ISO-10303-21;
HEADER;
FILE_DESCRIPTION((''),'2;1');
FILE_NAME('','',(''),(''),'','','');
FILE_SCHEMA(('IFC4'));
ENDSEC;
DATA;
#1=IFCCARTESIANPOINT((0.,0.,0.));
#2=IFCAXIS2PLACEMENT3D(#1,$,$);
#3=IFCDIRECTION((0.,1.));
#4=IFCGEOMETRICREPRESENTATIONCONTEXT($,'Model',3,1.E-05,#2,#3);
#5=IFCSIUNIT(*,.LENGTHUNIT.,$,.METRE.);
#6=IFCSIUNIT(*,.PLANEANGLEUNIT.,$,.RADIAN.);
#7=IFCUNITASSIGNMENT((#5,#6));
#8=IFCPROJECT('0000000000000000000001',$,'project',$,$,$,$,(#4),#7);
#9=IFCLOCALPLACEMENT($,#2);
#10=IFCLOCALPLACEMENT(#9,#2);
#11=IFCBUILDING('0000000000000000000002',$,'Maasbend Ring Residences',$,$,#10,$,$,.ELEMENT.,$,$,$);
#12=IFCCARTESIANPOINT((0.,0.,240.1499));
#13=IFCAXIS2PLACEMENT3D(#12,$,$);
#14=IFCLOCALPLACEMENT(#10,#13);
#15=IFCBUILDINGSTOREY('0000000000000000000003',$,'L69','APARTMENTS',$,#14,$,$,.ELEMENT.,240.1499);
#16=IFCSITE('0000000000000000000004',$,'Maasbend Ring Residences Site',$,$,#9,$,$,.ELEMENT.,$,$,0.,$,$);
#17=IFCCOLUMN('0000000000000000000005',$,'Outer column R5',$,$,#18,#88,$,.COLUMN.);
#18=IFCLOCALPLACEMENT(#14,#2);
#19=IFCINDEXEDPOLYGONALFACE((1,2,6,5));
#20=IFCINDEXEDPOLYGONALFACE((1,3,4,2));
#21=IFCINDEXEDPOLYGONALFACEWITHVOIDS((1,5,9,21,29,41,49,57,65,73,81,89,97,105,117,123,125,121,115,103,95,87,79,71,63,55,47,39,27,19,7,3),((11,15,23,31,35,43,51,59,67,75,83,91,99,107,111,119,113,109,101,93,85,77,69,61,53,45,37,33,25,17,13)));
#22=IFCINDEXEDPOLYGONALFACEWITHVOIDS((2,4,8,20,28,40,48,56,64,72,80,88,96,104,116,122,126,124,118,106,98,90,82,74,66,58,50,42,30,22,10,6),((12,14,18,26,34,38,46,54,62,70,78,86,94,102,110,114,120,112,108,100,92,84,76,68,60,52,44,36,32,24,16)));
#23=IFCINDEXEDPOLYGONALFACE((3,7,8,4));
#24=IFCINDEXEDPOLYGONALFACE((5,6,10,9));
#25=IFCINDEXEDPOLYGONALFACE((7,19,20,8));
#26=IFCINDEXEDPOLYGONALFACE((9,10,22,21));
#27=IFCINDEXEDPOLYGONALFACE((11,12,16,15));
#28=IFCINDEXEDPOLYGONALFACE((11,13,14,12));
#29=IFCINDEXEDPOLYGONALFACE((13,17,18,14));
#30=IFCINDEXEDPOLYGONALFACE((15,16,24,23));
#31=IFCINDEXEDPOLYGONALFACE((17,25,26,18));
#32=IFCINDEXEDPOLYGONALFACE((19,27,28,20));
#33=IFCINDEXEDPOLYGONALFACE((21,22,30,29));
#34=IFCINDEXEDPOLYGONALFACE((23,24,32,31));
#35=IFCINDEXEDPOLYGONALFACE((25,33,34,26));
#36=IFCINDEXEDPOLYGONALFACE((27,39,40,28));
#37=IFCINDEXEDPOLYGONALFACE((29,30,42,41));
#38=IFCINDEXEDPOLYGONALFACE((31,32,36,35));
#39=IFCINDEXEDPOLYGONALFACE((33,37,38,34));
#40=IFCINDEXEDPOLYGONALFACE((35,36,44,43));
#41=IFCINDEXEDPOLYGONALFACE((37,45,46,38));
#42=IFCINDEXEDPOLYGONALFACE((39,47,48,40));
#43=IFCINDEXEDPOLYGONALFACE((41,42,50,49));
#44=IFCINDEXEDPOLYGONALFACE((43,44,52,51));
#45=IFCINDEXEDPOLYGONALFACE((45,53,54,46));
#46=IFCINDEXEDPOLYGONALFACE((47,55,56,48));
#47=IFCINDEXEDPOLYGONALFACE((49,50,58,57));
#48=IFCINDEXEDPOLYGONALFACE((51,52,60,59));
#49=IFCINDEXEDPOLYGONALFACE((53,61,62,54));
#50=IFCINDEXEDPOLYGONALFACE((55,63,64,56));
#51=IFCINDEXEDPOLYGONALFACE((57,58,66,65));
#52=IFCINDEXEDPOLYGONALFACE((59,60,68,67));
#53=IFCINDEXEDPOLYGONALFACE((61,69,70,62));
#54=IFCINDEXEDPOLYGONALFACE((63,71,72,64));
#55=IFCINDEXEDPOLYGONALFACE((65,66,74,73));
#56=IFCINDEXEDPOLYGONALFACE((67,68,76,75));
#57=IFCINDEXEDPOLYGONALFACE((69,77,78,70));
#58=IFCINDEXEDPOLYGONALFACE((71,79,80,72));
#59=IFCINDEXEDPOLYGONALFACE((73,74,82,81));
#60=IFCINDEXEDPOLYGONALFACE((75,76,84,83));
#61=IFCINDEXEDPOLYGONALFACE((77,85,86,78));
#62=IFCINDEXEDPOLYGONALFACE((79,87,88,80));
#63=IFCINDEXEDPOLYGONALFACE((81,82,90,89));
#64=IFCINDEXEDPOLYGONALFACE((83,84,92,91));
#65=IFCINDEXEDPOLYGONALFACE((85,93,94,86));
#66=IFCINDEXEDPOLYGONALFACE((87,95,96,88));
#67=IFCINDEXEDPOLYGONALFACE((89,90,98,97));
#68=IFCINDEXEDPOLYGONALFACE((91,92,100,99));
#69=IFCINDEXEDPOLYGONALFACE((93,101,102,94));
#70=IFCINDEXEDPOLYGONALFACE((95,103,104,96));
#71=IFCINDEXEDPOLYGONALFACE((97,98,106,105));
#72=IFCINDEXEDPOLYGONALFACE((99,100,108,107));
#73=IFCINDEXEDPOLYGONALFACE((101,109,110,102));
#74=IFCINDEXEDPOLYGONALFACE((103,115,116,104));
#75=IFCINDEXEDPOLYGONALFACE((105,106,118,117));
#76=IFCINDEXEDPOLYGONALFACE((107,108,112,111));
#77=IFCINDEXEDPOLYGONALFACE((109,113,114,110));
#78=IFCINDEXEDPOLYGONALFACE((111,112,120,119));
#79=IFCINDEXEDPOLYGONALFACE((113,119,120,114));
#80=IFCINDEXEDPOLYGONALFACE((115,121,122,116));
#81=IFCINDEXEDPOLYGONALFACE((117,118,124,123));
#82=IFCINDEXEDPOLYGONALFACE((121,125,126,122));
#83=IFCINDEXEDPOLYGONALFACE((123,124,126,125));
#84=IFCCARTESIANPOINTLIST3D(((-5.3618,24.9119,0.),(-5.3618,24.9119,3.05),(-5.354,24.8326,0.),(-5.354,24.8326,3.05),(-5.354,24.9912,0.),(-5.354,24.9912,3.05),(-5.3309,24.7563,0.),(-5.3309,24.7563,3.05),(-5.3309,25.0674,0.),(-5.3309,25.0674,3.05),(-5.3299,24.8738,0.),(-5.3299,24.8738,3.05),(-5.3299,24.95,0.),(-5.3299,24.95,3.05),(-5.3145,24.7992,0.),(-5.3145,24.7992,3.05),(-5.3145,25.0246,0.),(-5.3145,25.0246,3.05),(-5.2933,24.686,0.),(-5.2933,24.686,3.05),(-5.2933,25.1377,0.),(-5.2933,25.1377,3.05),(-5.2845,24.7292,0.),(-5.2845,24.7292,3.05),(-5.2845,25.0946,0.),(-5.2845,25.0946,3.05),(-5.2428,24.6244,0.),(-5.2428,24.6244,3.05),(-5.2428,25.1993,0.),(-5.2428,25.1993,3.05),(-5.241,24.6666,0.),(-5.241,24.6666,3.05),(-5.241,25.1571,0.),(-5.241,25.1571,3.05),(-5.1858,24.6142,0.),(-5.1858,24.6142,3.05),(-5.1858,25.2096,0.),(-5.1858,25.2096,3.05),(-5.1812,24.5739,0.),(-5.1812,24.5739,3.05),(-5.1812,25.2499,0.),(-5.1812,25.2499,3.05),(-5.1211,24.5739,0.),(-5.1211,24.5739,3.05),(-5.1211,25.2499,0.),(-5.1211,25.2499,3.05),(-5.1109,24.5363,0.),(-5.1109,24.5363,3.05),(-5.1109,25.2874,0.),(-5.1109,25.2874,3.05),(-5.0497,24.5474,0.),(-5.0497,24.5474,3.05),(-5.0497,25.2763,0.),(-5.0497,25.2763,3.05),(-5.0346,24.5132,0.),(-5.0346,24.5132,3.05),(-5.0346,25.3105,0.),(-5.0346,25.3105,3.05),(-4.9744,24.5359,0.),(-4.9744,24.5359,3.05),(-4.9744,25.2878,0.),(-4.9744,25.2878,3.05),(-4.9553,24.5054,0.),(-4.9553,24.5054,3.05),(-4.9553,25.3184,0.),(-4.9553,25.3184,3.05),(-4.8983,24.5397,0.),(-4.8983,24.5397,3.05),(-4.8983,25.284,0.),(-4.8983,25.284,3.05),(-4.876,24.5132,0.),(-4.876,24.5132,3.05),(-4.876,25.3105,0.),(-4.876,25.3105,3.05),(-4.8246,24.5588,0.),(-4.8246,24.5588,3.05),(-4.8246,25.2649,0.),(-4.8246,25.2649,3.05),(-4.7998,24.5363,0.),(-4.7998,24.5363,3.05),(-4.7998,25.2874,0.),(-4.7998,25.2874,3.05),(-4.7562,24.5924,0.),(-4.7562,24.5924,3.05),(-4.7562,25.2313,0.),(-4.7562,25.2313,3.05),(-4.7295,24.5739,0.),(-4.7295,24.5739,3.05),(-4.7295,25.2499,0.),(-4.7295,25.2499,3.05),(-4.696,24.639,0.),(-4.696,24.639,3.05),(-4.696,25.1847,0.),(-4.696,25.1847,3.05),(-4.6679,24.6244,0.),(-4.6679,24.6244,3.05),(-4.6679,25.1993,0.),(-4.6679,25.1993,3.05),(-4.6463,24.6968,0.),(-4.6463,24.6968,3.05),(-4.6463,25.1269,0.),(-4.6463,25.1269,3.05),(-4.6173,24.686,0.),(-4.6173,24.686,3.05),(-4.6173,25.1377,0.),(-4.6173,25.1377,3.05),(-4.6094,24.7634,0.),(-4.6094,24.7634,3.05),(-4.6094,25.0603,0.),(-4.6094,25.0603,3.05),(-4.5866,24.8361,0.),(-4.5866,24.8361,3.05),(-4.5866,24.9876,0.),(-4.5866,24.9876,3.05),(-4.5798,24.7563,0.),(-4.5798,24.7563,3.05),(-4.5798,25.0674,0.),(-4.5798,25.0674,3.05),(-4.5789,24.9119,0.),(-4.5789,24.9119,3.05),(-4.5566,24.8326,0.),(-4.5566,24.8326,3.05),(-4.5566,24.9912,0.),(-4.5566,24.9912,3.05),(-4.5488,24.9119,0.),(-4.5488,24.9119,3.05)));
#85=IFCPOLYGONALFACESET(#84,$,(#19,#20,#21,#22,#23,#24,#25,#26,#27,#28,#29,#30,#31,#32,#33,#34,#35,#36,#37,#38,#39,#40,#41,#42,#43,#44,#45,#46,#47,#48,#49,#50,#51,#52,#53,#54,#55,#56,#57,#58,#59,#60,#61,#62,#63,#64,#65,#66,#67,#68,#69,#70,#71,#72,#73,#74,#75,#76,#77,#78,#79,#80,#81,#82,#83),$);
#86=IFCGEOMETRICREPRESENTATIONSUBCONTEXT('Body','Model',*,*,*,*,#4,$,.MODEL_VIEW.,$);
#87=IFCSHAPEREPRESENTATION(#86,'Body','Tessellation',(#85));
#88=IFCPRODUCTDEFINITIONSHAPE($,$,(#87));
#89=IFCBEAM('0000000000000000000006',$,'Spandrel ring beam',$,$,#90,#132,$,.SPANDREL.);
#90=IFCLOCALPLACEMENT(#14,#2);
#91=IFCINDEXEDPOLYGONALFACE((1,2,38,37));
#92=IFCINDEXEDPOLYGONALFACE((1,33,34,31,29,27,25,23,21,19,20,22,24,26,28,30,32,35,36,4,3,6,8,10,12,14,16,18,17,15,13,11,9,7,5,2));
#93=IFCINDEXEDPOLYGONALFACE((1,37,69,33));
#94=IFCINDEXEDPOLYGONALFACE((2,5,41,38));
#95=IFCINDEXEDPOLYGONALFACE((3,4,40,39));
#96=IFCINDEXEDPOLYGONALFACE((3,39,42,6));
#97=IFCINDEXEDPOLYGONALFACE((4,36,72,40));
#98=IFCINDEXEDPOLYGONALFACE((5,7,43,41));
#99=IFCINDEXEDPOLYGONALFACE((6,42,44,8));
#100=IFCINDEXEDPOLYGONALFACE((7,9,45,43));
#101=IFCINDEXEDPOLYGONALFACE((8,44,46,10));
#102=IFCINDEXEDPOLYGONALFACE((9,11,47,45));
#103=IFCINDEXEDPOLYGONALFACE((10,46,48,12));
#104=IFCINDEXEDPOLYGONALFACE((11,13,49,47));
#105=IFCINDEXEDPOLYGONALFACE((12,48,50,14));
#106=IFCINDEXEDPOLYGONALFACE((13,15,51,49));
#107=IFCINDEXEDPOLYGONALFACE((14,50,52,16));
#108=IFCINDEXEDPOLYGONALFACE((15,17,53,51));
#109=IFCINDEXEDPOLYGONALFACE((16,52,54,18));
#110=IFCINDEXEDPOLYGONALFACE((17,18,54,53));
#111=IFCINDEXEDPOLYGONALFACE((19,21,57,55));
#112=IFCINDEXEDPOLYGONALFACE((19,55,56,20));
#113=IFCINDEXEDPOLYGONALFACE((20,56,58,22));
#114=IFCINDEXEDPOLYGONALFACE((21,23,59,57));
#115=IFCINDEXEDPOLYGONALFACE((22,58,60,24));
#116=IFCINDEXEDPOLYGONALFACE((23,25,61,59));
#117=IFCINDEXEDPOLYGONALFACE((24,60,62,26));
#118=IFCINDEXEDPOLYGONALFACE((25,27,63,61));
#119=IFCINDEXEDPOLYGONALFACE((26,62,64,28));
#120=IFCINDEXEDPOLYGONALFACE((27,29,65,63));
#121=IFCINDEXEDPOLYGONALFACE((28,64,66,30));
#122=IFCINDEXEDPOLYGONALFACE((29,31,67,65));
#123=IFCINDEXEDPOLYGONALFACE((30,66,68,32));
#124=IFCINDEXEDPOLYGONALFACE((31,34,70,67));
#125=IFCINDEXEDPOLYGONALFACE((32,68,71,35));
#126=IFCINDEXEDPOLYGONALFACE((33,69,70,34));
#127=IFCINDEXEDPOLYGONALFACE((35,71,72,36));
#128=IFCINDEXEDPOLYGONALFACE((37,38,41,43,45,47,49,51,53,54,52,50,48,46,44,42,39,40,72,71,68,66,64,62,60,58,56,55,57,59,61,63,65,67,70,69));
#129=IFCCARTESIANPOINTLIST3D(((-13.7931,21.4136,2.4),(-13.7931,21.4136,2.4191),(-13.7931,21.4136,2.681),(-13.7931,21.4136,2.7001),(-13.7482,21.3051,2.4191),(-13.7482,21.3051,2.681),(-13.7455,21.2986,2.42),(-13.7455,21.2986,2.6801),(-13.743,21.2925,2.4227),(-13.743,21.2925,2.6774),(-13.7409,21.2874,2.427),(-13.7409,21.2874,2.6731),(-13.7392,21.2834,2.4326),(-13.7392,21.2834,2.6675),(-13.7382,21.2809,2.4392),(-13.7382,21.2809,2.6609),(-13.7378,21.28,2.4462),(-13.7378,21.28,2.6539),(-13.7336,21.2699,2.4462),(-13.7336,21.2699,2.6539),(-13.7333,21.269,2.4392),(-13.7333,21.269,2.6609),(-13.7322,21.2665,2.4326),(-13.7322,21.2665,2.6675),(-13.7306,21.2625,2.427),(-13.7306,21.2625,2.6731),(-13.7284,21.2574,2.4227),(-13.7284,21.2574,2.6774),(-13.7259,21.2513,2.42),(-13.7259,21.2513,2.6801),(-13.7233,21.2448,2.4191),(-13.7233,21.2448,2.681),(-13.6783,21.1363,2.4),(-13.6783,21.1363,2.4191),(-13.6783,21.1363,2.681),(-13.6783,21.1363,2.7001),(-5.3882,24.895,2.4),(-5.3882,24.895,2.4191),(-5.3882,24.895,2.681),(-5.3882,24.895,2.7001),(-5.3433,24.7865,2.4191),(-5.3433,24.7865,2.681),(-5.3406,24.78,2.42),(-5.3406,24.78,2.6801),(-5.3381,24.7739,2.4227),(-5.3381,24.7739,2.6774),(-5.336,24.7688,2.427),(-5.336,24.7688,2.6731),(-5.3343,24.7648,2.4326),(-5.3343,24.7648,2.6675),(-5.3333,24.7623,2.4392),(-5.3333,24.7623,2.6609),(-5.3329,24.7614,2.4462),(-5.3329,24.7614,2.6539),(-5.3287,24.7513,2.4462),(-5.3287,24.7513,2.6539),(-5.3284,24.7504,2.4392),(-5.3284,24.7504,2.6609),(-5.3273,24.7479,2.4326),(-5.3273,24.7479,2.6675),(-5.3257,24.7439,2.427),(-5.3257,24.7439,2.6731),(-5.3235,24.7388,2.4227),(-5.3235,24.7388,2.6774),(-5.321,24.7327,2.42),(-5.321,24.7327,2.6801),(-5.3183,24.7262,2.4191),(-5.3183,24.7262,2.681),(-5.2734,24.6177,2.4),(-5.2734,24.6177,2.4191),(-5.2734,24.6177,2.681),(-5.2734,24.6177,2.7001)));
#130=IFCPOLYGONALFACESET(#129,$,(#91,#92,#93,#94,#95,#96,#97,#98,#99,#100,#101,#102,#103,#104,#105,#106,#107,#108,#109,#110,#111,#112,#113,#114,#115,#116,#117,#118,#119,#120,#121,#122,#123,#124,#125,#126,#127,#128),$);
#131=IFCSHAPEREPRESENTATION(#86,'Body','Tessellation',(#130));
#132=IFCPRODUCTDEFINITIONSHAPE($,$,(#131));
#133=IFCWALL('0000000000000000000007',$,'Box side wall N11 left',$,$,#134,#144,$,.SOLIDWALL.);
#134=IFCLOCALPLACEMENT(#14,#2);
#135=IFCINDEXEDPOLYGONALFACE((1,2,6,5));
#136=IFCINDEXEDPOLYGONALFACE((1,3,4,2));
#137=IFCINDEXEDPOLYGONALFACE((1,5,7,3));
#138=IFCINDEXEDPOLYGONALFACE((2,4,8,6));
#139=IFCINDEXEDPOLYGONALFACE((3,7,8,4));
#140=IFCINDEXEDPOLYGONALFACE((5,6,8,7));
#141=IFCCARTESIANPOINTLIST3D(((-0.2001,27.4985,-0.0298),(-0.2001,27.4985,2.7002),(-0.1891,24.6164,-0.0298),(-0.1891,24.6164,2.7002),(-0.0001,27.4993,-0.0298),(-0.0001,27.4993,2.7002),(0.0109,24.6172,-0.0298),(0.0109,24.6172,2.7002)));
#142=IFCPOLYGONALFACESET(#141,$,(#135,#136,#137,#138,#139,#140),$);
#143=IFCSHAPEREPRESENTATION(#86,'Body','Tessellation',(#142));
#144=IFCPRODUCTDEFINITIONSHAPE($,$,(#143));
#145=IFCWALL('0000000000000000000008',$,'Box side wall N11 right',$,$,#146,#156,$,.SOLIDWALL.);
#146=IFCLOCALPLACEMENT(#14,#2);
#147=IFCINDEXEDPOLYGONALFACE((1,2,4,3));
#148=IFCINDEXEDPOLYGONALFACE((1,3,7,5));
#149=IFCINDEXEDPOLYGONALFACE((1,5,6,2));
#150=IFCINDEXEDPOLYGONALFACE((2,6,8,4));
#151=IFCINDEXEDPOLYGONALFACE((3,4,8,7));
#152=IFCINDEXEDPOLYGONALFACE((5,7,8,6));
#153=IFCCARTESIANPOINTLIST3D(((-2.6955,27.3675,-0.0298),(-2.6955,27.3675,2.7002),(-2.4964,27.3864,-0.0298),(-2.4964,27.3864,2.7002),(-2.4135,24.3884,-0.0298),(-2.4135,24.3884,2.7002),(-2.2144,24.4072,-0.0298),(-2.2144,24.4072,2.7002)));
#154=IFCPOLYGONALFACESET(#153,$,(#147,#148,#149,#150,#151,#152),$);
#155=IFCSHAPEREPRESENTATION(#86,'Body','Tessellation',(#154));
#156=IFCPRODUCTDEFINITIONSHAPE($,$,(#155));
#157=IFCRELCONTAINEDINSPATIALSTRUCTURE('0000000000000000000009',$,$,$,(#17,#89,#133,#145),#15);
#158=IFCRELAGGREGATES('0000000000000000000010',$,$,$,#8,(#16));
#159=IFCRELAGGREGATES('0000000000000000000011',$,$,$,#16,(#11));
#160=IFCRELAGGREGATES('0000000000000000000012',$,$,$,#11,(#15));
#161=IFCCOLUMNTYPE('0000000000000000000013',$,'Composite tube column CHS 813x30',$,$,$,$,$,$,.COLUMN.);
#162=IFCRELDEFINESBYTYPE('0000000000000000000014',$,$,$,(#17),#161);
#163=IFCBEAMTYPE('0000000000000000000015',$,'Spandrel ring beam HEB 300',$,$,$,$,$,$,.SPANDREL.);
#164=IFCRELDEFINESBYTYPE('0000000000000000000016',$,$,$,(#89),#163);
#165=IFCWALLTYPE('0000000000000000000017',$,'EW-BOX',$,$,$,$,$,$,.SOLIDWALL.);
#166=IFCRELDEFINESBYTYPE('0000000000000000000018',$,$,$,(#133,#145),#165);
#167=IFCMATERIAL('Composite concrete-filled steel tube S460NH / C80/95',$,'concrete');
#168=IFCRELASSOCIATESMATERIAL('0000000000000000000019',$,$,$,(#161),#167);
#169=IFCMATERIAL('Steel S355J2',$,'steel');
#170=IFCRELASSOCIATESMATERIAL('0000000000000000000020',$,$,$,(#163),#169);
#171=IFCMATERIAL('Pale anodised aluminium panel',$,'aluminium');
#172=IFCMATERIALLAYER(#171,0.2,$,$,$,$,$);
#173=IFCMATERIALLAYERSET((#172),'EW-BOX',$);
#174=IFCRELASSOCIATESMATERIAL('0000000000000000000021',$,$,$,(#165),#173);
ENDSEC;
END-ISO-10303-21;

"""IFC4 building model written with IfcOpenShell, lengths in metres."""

from ifc_helpers import new_model, si_unit, direction, frame, frame_2d, origin, origin_2d, place, context, subcontext, project, spatial, rectangle, hollow_circle, i_section, extrude, material, layer, layer_set, material_profile, profile_set, type_object, element, save


model = new_model("IFC4")

# Units and contexts
model_context = context("Model", 3, precision=1e-05, world=origin(), true_north=direction((0.0, 1.0)))
body_context = subcontext(model_context, "Body", "Model", "MODEL_VIEW")
ifc_project = project(units=[si_unit("LENGTHUNIT", "METRE"), si_unit("PLANEANGLEUNIT", "RADIAN")], contexts=[model_context])

# Site, building, storey
site_placement = place(None, origin())
site = spatial("IfcSite", under=ifc_project, at=site_placement, Name="Maasbend Ring Residences Site", CompositionType="ELEMENT", RefElevation=0.0)
building_placement = place(site_placement, origin())
building = spatial("IfcBuilding", under=site, at=building_placement, Name="Maasbend Ring Residences", CompositionType="ELEMENT")
storey_placement = place(building_placement, frame((0.0, 0.0, 240.1499)))
storey = spatial("IfcBuildingStorey", under=building, at=storey_placement, Name="L69", Description="APARTMENTS", CompositionType="ELEMENT", Elevation=240.1499)

# Column
ifc_material_1 = material(Name="Composite concrete-filled steel tube S460NH / C80/95", Category="concrete")
ifc_material_profile_1 = material_profile(ifc_material_1, hollow_circle(Radius=0.4065, WallThickness=0.03, at=origin_2d()), Name="Composite tube column CHS 813x30")
ifc_profile_set_1 = profile_set([ifc_material_profile_1], Name="Composite concrete-filled steel tube S460NH / C80/95")
column_type = type_object("IfcColumnType", Name="Composite tube column CHS 813x30", PredefinedType="COLUMN", material=ifc_profile_set_1)
column_placement = place(storey_placement, frame((-4.9553, 24.9119, 0.0), z_axis=(0.0, 0.0, 1.0), x_axis=(1.0, 0.0, 0.0)))
element("IfcColumn", 1, at=column_placement, inside=storey, type_object=column_type, Name="Outer column R5", PredefinedType="COLUMN", context=body_context, shape_type="SweptSolid", body=[
    extrude(hollow_circle(Radius=0.4065, WallThickness=0.03, at=origin_2d()), origin(), (0.0, 0.0, 1.0), 3.05),
])

# Beam
ifc_material_2 = material(Name="Steel S355J2", Category="steel")
ifc_material_profile_2 = material_profile(ifc_material_2, i_section(OverallWidth=0.3, OverallDepth=0.3, WebThickness=0.011, FlangeThickness=0.019, FilletRadius=0.0271, at=origin_2d()), Name="HEB 300")
ifc_profile_set_2 = profile_set([ifc_material_profile_2], Name="Steel S355J2")
beam_type = type_object("IfcBeamType", Name="Spandrel ring beam HEB 300", PredefinedType="SPANDREL", material=ifc_profile_set_2)
beam_placement = place(storey_placement, frame((-5.3308, 24.7563, 2.55), z_axis=(-0.923881, -0.38268, 0.0), x_axis=(0.38268, -0.923881, 0.0)))
element("IfcBeam", 2, at=beam_placement, inside=storey, type_object=beam_type, Name="Spandrel ring beam", PredefinedType="SPANDREL", context=body_context, shape_type="SweptSolid", body=[
    extrude(i_section(OverallWidth=0.3, OverallDepth=0.3, WebThickness=0.011, FlangeThickness=0.019, FilletRadius=0.0271, at=origin_2d()), origin(), (0.0, 0.0, 1.0), 9.0974),
])

# Walls
ifc_material_3 = material(Name="Pale anodised aluminium panel", Category="aluminium")
ifc_layer_1 = layer(ifc_material_3, 0.2)
ifc_layer_set_1 = layer_set([ifc_layer_1], Name="EW-BOX")
wall_type_1 = type_object("IfcWallType", Name="EW-BOX", PredefinedType="SOLIDWALL", material=ifc_layer_set_1)
wall_1_placement = place(storey_placement, frame((-0.0891, 24.6169, -0.0298), z_axis=(0.0, 0.0, 1.0), x_axis=(-0.003812, 0.999993, 0.0)))
element("IfcWall", 3, at=wall_1_placement, inside=storey, type_object=wall_type_1, Name="Box side wall N11 left", PredefinedType="SOLIDWALL", context=body_context, shape_type="SweptSolid", body=[
    extrude(rectangle(XDim=2.8821, YDim=0.2, at=frame_2d((1.4409, 0.0))), origin(), (0.0, 0.0, 1.0), 2.73),
])
wall_2_placement = place(storey_placement, frame((-2.314, 24.3979, -0.0298), z_axis=(0.0, 0.0, 1.0), x_axis=(-0.094235, 0.99555, 0.0)))
element("IfcWall", 4, at=wall_2_placement, inside=storey, type_object=wall_type_1, Name="Box side wall N11 right", PredefinedType="SOLIDWALL", context=body_context, shape_type="SweptSolid", body=[
    extrude(rectangle(XDim=2.9924, YDim=0.2, at=frame_2d((1.4961, 0.0))), origin(), (0.0, 0.0, 1.0), 2.73),
])

save(model, "model.ifc")
